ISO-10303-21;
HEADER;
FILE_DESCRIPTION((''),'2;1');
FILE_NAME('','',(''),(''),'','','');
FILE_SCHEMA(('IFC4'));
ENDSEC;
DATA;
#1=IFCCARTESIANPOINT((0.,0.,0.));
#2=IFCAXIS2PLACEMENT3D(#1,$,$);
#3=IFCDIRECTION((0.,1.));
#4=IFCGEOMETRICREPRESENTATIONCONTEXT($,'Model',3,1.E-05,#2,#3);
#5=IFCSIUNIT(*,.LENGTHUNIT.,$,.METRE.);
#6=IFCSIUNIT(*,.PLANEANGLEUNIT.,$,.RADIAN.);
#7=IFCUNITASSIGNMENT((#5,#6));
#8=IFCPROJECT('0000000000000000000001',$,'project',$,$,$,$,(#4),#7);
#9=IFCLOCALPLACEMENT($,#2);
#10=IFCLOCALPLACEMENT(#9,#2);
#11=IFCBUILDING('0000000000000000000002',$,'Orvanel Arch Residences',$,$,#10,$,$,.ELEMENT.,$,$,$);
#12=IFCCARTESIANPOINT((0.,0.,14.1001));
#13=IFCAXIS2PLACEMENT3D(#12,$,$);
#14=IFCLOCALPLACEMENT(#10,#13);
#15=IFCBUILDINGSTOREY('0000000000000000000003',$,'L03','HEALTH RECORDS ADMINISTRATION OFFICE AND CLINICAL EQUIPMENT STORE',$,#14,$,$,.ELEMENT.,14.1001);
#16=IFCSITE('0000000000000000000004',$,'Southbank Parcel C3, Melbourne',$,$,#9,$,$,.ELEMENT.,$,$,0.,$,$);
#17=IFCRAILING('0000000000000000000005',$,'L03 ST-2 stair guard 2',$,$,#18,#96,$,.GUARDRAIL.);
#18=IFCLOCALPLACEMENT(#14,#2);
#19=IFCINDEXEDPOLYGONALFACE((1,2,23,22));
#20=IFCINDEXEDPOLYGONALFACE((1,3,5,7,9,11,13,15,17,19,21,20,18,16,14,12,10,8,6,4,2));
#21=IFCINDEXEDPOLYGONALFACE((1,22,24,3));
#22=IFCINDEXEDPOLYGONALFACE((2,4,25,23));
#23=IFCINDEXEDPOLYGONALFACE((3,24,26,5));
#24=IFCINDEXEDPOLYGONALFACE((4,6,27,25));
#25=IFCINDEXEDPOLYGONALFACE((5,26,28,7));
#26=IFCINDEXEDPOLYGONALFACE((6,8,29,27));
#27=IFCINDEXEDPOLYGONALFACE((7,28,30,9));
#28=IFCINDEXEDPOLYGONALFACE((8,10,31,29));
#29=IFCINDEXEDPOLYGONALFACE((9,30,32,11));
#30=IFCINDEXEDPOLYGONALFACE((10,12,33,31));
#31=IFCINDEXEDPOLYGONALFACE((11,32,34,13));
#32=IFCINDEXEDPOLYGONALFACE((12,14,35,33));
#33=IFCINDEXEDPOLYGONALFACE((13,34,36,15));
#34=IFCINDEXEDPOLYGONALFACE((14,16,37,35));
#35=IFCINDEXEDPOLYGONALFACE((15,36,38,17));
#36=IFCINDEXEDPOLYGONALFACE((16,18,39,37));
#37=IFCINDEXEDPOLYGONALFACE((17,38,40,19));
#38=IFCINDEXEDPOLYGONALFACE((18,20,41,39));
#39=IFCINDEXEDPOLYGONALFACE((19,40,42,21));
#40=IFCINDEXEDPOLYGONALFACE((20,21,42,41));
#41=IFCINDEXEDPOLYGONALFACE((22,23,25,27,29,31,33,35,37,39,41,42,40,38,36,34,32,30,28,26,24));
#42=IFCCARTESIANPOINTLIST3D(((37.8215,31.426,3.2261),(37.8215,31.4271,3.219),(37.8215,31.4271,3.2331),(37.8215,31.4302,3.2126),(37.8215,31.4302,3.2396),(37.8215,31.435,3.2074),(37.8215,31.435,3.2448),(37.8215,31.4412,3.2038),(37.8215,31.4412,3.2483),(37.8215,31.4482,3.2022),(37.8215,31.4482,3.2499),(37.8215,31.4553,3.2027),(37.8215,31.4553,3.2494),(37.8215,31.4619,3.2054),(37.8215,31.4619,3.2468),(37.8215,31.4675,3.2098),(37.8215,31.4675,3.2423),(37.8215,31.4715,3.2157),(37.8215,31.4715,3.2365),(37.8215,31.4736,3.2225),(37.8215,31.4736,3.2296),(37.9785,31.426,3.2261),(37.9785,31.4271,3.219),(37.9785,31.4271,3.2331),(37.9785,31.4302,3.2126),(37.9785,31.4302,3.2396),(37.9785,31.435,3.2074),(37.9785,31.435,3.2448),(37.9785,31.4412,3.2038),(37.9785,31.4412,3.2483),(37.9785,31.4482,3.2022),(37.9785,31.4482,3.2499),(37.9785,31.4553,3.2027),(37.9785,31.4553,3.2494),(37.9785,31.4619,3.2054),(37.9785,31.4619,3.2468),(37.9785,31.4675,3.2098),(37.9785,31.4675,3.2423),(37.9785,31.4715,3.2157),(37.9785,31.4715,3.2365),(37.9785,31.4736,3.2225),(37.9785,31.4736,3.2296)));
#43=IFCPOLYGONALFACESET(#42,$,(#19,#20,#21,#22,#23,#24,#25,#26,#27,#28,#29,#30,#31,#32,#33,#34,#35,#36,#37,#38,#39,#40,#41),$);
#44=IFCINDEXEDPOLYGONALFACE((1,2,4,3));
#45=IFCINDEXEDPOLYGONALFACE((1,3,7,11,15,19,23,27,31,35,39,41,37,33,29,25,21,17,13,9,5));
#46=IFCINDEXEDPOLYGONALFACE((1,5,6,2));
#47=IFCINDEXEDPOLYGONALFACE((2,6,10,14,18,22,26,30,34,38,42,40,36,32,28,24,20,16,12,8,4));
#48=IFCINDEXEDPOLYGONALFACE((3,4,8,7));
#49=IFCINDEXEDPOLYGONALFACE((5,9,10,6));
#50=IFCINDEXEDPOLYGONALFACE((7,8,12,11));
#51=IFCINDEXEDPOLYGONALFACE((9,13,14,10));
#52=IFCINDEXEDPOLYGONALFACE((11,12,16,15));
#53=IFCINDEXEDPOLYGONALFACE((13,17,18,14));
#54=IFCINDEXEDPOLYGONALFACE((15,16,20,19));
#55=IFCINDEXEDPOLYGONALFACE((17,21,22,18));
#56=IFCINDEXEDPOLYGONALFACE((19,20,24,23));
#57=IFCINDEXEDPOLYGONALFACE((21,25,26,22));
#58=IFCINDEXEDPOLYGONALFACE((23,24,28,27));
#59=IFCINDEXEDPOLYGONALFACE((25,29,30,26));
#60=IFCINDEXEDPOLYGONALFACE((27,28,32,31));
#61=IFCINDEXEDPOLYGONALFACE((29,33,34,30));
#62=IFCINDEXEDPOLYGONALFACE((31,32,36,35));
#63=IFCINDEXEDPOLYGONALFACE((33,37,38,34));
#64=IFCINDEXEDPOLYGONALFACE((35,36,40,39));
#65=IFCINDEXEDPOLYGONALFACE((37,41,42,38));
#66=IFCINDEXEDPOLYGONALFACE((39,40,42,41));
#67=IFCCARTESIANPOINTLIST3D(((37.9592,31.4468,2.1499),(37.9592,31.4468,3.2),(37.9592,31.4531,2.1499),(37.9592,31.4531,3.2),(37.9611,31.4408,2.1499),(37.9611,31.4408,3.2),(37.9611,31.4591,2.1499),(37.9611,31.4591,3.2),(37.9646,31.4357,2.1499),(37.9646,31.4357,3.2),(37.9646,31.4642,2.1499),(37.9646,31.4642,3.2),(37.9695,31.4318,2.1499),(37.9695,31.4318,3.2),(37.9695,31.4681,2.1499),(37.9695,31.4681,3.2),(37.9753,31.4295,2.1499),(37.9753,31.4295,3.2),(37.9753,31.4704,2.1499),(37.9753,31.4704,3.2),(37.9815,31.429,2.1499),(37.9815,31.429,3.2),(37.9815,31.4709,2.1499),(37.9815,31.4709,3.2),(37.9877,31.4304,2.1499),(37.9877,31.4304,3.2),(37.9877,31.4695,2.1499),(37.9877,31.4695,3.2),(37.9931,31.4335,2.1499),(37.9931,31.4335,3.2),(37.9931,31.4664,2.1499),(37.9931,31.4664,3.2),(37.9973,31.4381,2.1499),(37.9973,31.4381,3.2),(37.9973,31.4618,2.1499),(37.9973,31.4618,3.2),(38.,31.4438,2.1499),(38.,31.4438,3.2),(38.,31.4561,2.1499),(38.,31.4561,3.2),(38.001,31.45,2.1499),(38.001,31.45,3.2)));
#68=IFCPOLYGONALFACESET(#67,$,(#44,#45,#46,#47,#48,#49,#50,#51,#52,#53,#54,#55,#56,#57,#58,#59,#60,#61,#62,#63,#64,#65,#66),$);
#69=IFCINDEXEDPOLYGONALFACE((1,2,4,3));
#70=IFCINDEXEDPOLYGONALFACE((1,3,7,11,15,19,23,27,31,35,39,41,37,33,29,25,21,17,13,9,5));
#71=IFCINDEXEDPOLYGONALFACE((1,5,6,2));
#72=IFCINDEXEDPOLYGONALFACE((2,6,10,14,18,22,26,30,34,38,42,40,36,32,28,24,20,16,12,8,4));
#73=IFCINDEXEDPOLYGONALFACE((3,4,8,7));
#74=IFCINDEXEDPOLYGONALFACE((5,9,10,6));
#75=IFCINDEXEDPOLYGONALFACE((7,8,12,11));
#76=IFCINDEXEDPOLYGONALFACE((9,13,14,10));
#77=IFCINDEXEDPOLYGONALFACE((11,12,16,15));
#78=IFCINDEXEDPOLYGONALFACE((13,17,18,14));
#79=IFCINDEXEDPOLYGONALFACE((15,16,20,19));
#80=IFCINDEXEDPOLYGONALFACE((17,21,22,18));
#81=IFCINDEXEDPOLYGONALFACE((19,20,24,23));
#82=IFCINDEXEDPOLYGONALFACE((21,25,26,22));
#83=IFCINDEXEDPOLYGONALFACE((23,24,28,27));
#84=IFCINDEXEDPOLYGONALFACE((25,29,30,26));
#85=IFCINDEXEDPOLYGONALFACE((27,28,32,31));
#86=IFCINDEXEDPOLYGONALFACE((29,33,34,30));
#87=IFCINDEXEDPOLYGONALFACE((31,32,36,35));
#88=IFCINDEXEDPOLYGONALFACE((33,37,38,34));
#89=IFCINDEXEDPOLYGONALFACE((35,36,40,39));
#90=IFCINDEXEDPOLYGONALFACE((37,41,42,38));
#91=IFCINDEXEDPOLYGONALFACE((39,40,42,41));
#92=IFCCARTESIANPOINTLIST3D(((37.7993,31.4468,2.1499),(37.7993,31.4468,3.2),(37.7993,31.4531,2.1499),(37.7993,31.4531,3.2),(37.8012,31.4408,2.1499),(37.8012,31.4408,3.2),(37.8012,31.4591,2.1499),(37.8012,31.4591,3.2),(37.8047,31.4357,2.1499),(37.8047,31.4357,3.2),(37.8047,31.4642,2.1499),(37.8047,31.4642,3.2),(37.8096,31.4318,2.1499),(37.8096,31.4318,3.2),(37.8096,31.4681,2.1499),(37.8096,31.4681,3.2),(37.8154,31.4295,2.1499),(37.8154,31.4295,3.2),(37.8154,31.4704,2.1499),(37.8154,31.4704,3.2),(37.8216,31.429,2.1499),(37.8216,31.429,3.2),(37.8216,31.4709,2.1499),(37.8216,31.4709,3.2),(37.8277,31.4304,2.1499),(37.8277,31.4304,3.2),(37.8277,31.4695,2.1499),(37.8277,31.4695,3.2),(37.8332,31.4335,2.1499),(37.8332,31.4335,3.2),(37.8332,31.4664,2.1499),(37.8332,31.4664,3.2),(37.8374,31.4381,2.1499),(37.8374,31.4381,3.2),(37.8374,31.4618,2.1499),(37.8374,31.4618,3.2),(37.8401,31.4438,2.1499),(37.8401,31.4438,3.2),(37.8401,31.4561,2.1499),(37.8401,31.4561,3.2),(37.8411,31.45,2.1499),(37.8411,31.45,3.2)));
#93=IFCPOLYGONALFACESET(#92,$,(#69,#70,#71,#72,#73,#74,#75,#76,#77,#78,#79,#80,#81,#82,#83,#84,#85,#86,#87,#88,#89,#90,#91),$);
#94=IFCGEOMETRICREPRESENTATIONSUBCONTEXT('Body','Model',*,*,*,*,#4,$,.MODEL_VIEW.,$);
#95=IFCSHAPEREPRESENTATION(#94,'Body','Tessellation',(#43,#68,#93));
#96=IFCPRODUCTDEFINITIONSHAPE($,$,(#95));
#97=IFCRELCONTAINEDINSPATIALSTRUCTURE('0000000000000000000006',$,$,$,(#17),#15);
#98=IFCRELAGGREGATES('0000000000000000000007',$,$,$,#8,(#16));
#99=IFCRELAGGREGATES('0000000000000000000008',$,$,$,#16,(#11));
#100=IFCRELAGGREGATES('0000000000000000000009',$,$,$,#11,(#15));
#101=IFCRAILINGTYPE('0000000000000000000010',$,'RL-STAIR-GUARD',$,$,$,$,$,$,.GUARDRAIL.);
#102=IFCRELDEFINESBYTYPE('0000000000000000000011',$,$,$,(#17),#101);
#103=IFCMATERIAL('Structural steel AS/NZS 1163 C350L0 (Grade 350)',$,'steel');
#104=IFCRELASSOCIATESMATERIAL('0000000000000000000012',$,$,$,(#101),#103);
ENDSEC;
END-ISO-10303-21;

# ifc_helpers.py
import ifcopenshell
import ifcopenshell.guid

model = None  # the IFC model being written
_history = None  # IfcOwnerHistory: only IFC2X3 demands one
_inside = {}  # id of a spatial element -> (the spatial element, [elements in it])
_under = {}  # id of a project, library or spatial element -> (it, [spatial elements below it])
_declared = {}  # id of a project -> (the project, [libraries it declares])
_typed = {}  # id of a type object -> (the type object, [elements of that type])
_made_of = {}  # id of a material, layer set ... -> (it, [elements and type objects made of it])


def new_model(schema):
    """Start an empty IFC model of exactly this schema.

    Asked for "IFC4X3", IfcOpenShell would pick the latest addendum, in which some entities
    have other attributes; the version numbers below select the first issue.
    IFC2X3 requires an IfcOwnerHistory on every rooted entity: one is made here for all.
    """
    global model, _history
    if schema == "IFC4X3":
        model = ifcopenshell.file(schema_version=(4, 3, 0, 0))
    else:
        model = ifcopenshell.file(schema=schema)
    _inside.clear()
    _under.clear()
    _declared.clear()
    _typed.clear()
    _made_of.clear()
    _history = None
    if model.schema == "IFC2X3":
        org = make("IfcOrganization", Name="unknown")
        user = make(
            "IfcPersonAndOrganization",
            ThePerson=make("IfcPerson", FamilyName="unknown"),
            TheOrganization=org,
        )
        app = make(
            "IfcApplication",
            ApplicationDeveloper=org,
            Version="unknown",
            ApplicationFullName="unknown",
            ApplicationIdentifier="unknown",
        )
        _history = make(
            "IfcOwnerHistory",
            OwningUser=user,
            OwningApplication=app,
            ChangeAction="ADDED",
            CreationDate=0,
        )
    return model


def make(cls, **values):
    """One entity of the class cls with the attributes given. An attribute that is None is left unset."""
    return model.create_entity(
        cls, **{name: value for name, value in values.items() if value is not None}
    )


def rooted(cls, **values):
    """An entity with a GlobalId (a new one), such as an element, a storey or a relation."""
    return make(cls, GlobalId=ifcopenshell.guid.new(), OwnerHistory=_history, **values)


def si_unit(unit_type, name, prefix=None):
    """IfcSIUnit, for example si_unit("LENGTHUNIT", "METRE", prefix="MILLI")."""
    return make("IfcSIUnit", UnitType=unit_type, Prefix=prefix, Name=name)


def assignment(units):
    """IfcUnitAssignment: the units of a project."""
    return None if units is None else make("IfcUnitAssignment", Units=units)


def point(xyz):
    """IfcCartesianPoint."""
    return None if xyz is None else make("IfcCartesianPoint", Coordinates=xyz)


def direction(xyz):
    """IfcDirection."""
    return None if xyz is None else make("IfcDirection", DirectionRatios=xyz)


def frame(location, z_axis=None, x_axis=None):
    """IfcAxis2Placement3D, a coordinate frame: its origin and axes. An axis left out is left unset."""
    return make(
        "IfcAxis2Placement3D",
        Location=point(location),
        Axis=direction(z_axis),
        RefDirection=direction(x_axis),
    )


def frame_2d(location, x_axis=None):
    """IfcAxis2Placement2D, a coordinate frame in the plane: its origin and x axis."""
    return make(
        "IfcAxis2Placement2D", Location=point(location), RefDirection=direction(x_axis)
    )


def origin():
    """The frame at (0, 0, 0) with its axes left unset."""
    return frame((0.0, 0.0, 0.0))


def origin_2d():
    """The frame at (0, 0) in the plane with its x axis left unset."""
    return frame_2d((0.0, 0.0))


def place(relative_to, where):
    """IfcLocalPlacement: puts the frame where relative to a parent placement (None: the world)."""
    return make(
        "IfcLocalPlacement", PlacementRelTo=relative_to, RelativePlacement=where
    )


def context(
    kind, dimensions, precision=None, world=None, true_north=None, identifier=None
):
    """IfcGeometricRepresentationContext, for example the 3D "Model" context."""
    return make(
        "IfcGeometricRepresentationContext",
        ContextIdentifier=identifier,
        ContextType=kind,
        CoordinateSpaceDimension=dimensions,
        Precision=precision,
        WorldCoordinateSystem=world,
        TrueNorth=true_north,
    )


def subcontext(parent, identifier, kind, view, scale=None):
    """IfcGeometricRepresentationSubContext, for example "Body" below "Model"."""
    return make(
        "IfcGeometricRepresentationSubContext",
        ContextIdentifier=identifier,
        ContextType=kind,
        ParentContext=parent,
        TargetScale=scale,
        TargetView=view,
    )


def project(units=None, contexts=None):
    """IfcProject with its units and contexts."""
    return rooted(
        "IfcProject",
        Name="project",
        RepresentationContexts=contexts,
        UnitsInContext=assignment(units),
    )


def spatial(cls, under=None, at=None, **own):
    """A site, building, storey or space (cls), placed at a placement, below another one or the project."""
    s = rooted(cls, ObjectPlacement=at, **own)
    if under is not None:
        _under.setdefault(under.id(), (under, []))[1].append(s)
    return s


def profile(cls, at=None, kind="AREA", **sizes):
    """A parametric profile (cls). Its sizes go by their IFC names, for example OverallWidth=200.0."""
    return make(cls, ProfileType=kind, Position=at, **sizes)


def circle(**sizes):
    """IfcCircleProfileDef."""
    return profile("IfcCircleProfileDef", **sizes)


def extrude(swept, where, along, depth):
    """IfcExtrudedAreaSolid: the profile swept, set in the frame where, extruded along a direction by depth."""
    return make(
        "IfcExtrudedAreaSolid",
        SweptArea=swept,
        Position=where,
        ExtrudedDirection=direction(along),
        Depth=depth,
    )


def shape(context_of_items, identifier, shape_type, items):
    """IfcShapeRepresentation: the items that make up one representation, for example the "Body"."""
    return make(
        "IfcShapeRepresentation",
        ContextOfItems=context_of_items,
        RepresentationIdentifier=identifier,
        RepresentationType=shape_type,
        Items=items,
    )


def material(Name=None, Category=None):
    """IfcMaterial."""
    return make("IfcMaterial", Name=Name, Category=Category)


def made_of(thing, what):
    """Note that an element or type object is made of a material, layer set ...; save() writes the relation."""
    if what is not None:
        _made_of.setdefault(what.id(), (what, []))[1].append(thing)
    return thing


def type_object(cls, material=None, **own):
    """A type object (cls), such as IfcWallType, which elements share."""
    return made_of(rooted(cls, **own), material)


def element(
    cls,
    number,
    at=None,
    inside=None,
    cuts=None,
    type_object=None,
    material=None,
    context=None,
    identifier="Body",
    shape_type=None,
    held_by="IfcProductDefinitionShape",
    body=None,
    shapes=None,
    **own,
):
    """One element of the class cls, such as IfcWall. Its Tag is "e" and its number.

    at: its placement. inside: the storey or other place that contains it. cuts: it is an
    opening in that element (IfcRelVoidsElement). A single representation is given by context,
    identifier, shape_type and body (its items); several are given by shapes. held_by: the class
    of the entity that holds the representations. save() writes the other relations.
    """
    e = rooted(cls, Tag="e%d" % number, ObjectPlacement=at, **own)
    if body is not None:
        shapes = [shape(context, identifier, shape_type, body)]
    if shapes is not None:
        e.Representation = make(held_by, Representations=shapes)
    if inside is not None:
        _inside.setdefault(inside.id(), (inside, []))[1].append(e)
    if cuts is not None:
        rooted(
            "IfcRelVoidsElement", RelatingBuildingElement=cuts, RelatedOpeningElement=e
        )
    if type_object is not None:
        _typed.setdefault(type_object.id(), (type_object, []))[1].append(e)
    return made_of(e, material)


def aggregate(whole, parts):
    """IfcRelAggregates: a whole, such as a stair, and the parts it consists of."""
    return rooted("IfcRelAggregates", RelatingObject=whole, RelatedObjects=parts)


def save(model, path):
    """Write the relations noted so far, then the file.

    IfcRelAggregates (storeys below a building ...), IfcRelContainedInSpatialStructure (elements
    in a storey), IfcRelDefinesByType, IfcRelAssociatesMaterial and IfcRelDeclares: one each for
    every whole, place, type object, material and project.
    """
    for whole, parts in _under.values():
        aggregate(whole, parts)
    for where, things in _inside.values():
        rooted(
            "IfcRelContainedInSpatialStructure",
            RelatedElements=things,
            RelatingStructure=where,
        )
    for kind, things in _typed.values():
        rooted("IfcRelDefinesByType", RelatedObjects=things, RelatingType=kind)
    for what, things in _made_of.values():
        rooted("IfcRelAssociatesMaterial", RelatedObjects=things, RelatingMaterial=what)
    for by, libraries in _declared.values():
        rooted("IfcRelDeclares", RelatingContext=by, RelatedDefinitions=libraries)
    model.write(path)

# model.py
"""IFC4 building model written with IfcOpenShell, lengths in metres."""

from ifc_helpers import new_model, si_unit, direction, frame, origin, origin_2d, place, context, subcontext, project, spatial, circle, extrude, material, type_object, element, save


model = new_model("IFC4")

# Units and contexts
model_context = context("Model", 3, precision=1e-05, world=origin(), true_north=direction((0.0, 1.0)))
body_context = subcontext(model_context, "Body", "Model", "MODEL_VIEW")
ifc_project = project(units=[si_unit("LENGTHUNIT", "METRE"), si_unit("PLANEANGLEUNIT", "RADIAN")], contexts=[model_context])

# Site, building, storey
site_placement = place(None, origin())
site = spatial("IfcSite", under=ifc_project, at=site_placement, Name="Southbank Parcel C3, Melbourne", CompositionType="ELEMENT", RefElevation=0.0)
building_placement = place(site_placement, origin())
building = spatial("IfcBuilding", under=site, at=building_placement, Name="Orvanel Arch Residences", CompositionType="ELEMENT")
storey_placement = place(building_placement, frame((0.0, 0.0, 14.1001)))
storey = spatial("IfcBuildingStorey", under=building, at=storey_placement, Name="L03", Description="HEALTH RECORDS ADMINISTRATION OFFICE AND CLINICAL EQUIPMENT STORE", CompositionType="ELEMENT", Elevation=14.1001)

# Railing
ifc_material_1 = material(Name="Structural steel AS/NZS 1163 C350L0 (Grade 350)", Category="steel")
railing_type_1 = type_object("IfcRailingType", Name="RL-STAIR-GUARD", PredefinedType="GUARDRAIL", material=ifc_material_1)
railing_1_placement = place(storey_placement, frame((37.98, 31.45, 2.1499)))
element("IfcRailing", 1, at=railing_1_placement, inside=storey, type_object=railing_type_1, Name="L03 ST-2 stair guard 2", PredefinedType="GUARDRAIL", context=body_context, shape_type="SweptSolid", body=[
    extrude(circle(Radius=0.0239, at=origin_2d()), frame((-0.0015, 0.0, 1.0762), z_axis=(-1.0, 0.0, 0.0), x_axis=(0.0, -1.0, 0.0)), (0.0, 0.0, 1.0), 0.157),
    extrude(circle(Radius=0.021, at=origin_2d()), origin(), (0.0, 0.0, 1.0), 1.05),
    extrude(circle(Radius=0.021, at=origin_2d()), frame((-0.1599, 0.0, 0.0)), (0.0, 0.0, 1.0), 1.05),
])

save(model, "model.ifc")
